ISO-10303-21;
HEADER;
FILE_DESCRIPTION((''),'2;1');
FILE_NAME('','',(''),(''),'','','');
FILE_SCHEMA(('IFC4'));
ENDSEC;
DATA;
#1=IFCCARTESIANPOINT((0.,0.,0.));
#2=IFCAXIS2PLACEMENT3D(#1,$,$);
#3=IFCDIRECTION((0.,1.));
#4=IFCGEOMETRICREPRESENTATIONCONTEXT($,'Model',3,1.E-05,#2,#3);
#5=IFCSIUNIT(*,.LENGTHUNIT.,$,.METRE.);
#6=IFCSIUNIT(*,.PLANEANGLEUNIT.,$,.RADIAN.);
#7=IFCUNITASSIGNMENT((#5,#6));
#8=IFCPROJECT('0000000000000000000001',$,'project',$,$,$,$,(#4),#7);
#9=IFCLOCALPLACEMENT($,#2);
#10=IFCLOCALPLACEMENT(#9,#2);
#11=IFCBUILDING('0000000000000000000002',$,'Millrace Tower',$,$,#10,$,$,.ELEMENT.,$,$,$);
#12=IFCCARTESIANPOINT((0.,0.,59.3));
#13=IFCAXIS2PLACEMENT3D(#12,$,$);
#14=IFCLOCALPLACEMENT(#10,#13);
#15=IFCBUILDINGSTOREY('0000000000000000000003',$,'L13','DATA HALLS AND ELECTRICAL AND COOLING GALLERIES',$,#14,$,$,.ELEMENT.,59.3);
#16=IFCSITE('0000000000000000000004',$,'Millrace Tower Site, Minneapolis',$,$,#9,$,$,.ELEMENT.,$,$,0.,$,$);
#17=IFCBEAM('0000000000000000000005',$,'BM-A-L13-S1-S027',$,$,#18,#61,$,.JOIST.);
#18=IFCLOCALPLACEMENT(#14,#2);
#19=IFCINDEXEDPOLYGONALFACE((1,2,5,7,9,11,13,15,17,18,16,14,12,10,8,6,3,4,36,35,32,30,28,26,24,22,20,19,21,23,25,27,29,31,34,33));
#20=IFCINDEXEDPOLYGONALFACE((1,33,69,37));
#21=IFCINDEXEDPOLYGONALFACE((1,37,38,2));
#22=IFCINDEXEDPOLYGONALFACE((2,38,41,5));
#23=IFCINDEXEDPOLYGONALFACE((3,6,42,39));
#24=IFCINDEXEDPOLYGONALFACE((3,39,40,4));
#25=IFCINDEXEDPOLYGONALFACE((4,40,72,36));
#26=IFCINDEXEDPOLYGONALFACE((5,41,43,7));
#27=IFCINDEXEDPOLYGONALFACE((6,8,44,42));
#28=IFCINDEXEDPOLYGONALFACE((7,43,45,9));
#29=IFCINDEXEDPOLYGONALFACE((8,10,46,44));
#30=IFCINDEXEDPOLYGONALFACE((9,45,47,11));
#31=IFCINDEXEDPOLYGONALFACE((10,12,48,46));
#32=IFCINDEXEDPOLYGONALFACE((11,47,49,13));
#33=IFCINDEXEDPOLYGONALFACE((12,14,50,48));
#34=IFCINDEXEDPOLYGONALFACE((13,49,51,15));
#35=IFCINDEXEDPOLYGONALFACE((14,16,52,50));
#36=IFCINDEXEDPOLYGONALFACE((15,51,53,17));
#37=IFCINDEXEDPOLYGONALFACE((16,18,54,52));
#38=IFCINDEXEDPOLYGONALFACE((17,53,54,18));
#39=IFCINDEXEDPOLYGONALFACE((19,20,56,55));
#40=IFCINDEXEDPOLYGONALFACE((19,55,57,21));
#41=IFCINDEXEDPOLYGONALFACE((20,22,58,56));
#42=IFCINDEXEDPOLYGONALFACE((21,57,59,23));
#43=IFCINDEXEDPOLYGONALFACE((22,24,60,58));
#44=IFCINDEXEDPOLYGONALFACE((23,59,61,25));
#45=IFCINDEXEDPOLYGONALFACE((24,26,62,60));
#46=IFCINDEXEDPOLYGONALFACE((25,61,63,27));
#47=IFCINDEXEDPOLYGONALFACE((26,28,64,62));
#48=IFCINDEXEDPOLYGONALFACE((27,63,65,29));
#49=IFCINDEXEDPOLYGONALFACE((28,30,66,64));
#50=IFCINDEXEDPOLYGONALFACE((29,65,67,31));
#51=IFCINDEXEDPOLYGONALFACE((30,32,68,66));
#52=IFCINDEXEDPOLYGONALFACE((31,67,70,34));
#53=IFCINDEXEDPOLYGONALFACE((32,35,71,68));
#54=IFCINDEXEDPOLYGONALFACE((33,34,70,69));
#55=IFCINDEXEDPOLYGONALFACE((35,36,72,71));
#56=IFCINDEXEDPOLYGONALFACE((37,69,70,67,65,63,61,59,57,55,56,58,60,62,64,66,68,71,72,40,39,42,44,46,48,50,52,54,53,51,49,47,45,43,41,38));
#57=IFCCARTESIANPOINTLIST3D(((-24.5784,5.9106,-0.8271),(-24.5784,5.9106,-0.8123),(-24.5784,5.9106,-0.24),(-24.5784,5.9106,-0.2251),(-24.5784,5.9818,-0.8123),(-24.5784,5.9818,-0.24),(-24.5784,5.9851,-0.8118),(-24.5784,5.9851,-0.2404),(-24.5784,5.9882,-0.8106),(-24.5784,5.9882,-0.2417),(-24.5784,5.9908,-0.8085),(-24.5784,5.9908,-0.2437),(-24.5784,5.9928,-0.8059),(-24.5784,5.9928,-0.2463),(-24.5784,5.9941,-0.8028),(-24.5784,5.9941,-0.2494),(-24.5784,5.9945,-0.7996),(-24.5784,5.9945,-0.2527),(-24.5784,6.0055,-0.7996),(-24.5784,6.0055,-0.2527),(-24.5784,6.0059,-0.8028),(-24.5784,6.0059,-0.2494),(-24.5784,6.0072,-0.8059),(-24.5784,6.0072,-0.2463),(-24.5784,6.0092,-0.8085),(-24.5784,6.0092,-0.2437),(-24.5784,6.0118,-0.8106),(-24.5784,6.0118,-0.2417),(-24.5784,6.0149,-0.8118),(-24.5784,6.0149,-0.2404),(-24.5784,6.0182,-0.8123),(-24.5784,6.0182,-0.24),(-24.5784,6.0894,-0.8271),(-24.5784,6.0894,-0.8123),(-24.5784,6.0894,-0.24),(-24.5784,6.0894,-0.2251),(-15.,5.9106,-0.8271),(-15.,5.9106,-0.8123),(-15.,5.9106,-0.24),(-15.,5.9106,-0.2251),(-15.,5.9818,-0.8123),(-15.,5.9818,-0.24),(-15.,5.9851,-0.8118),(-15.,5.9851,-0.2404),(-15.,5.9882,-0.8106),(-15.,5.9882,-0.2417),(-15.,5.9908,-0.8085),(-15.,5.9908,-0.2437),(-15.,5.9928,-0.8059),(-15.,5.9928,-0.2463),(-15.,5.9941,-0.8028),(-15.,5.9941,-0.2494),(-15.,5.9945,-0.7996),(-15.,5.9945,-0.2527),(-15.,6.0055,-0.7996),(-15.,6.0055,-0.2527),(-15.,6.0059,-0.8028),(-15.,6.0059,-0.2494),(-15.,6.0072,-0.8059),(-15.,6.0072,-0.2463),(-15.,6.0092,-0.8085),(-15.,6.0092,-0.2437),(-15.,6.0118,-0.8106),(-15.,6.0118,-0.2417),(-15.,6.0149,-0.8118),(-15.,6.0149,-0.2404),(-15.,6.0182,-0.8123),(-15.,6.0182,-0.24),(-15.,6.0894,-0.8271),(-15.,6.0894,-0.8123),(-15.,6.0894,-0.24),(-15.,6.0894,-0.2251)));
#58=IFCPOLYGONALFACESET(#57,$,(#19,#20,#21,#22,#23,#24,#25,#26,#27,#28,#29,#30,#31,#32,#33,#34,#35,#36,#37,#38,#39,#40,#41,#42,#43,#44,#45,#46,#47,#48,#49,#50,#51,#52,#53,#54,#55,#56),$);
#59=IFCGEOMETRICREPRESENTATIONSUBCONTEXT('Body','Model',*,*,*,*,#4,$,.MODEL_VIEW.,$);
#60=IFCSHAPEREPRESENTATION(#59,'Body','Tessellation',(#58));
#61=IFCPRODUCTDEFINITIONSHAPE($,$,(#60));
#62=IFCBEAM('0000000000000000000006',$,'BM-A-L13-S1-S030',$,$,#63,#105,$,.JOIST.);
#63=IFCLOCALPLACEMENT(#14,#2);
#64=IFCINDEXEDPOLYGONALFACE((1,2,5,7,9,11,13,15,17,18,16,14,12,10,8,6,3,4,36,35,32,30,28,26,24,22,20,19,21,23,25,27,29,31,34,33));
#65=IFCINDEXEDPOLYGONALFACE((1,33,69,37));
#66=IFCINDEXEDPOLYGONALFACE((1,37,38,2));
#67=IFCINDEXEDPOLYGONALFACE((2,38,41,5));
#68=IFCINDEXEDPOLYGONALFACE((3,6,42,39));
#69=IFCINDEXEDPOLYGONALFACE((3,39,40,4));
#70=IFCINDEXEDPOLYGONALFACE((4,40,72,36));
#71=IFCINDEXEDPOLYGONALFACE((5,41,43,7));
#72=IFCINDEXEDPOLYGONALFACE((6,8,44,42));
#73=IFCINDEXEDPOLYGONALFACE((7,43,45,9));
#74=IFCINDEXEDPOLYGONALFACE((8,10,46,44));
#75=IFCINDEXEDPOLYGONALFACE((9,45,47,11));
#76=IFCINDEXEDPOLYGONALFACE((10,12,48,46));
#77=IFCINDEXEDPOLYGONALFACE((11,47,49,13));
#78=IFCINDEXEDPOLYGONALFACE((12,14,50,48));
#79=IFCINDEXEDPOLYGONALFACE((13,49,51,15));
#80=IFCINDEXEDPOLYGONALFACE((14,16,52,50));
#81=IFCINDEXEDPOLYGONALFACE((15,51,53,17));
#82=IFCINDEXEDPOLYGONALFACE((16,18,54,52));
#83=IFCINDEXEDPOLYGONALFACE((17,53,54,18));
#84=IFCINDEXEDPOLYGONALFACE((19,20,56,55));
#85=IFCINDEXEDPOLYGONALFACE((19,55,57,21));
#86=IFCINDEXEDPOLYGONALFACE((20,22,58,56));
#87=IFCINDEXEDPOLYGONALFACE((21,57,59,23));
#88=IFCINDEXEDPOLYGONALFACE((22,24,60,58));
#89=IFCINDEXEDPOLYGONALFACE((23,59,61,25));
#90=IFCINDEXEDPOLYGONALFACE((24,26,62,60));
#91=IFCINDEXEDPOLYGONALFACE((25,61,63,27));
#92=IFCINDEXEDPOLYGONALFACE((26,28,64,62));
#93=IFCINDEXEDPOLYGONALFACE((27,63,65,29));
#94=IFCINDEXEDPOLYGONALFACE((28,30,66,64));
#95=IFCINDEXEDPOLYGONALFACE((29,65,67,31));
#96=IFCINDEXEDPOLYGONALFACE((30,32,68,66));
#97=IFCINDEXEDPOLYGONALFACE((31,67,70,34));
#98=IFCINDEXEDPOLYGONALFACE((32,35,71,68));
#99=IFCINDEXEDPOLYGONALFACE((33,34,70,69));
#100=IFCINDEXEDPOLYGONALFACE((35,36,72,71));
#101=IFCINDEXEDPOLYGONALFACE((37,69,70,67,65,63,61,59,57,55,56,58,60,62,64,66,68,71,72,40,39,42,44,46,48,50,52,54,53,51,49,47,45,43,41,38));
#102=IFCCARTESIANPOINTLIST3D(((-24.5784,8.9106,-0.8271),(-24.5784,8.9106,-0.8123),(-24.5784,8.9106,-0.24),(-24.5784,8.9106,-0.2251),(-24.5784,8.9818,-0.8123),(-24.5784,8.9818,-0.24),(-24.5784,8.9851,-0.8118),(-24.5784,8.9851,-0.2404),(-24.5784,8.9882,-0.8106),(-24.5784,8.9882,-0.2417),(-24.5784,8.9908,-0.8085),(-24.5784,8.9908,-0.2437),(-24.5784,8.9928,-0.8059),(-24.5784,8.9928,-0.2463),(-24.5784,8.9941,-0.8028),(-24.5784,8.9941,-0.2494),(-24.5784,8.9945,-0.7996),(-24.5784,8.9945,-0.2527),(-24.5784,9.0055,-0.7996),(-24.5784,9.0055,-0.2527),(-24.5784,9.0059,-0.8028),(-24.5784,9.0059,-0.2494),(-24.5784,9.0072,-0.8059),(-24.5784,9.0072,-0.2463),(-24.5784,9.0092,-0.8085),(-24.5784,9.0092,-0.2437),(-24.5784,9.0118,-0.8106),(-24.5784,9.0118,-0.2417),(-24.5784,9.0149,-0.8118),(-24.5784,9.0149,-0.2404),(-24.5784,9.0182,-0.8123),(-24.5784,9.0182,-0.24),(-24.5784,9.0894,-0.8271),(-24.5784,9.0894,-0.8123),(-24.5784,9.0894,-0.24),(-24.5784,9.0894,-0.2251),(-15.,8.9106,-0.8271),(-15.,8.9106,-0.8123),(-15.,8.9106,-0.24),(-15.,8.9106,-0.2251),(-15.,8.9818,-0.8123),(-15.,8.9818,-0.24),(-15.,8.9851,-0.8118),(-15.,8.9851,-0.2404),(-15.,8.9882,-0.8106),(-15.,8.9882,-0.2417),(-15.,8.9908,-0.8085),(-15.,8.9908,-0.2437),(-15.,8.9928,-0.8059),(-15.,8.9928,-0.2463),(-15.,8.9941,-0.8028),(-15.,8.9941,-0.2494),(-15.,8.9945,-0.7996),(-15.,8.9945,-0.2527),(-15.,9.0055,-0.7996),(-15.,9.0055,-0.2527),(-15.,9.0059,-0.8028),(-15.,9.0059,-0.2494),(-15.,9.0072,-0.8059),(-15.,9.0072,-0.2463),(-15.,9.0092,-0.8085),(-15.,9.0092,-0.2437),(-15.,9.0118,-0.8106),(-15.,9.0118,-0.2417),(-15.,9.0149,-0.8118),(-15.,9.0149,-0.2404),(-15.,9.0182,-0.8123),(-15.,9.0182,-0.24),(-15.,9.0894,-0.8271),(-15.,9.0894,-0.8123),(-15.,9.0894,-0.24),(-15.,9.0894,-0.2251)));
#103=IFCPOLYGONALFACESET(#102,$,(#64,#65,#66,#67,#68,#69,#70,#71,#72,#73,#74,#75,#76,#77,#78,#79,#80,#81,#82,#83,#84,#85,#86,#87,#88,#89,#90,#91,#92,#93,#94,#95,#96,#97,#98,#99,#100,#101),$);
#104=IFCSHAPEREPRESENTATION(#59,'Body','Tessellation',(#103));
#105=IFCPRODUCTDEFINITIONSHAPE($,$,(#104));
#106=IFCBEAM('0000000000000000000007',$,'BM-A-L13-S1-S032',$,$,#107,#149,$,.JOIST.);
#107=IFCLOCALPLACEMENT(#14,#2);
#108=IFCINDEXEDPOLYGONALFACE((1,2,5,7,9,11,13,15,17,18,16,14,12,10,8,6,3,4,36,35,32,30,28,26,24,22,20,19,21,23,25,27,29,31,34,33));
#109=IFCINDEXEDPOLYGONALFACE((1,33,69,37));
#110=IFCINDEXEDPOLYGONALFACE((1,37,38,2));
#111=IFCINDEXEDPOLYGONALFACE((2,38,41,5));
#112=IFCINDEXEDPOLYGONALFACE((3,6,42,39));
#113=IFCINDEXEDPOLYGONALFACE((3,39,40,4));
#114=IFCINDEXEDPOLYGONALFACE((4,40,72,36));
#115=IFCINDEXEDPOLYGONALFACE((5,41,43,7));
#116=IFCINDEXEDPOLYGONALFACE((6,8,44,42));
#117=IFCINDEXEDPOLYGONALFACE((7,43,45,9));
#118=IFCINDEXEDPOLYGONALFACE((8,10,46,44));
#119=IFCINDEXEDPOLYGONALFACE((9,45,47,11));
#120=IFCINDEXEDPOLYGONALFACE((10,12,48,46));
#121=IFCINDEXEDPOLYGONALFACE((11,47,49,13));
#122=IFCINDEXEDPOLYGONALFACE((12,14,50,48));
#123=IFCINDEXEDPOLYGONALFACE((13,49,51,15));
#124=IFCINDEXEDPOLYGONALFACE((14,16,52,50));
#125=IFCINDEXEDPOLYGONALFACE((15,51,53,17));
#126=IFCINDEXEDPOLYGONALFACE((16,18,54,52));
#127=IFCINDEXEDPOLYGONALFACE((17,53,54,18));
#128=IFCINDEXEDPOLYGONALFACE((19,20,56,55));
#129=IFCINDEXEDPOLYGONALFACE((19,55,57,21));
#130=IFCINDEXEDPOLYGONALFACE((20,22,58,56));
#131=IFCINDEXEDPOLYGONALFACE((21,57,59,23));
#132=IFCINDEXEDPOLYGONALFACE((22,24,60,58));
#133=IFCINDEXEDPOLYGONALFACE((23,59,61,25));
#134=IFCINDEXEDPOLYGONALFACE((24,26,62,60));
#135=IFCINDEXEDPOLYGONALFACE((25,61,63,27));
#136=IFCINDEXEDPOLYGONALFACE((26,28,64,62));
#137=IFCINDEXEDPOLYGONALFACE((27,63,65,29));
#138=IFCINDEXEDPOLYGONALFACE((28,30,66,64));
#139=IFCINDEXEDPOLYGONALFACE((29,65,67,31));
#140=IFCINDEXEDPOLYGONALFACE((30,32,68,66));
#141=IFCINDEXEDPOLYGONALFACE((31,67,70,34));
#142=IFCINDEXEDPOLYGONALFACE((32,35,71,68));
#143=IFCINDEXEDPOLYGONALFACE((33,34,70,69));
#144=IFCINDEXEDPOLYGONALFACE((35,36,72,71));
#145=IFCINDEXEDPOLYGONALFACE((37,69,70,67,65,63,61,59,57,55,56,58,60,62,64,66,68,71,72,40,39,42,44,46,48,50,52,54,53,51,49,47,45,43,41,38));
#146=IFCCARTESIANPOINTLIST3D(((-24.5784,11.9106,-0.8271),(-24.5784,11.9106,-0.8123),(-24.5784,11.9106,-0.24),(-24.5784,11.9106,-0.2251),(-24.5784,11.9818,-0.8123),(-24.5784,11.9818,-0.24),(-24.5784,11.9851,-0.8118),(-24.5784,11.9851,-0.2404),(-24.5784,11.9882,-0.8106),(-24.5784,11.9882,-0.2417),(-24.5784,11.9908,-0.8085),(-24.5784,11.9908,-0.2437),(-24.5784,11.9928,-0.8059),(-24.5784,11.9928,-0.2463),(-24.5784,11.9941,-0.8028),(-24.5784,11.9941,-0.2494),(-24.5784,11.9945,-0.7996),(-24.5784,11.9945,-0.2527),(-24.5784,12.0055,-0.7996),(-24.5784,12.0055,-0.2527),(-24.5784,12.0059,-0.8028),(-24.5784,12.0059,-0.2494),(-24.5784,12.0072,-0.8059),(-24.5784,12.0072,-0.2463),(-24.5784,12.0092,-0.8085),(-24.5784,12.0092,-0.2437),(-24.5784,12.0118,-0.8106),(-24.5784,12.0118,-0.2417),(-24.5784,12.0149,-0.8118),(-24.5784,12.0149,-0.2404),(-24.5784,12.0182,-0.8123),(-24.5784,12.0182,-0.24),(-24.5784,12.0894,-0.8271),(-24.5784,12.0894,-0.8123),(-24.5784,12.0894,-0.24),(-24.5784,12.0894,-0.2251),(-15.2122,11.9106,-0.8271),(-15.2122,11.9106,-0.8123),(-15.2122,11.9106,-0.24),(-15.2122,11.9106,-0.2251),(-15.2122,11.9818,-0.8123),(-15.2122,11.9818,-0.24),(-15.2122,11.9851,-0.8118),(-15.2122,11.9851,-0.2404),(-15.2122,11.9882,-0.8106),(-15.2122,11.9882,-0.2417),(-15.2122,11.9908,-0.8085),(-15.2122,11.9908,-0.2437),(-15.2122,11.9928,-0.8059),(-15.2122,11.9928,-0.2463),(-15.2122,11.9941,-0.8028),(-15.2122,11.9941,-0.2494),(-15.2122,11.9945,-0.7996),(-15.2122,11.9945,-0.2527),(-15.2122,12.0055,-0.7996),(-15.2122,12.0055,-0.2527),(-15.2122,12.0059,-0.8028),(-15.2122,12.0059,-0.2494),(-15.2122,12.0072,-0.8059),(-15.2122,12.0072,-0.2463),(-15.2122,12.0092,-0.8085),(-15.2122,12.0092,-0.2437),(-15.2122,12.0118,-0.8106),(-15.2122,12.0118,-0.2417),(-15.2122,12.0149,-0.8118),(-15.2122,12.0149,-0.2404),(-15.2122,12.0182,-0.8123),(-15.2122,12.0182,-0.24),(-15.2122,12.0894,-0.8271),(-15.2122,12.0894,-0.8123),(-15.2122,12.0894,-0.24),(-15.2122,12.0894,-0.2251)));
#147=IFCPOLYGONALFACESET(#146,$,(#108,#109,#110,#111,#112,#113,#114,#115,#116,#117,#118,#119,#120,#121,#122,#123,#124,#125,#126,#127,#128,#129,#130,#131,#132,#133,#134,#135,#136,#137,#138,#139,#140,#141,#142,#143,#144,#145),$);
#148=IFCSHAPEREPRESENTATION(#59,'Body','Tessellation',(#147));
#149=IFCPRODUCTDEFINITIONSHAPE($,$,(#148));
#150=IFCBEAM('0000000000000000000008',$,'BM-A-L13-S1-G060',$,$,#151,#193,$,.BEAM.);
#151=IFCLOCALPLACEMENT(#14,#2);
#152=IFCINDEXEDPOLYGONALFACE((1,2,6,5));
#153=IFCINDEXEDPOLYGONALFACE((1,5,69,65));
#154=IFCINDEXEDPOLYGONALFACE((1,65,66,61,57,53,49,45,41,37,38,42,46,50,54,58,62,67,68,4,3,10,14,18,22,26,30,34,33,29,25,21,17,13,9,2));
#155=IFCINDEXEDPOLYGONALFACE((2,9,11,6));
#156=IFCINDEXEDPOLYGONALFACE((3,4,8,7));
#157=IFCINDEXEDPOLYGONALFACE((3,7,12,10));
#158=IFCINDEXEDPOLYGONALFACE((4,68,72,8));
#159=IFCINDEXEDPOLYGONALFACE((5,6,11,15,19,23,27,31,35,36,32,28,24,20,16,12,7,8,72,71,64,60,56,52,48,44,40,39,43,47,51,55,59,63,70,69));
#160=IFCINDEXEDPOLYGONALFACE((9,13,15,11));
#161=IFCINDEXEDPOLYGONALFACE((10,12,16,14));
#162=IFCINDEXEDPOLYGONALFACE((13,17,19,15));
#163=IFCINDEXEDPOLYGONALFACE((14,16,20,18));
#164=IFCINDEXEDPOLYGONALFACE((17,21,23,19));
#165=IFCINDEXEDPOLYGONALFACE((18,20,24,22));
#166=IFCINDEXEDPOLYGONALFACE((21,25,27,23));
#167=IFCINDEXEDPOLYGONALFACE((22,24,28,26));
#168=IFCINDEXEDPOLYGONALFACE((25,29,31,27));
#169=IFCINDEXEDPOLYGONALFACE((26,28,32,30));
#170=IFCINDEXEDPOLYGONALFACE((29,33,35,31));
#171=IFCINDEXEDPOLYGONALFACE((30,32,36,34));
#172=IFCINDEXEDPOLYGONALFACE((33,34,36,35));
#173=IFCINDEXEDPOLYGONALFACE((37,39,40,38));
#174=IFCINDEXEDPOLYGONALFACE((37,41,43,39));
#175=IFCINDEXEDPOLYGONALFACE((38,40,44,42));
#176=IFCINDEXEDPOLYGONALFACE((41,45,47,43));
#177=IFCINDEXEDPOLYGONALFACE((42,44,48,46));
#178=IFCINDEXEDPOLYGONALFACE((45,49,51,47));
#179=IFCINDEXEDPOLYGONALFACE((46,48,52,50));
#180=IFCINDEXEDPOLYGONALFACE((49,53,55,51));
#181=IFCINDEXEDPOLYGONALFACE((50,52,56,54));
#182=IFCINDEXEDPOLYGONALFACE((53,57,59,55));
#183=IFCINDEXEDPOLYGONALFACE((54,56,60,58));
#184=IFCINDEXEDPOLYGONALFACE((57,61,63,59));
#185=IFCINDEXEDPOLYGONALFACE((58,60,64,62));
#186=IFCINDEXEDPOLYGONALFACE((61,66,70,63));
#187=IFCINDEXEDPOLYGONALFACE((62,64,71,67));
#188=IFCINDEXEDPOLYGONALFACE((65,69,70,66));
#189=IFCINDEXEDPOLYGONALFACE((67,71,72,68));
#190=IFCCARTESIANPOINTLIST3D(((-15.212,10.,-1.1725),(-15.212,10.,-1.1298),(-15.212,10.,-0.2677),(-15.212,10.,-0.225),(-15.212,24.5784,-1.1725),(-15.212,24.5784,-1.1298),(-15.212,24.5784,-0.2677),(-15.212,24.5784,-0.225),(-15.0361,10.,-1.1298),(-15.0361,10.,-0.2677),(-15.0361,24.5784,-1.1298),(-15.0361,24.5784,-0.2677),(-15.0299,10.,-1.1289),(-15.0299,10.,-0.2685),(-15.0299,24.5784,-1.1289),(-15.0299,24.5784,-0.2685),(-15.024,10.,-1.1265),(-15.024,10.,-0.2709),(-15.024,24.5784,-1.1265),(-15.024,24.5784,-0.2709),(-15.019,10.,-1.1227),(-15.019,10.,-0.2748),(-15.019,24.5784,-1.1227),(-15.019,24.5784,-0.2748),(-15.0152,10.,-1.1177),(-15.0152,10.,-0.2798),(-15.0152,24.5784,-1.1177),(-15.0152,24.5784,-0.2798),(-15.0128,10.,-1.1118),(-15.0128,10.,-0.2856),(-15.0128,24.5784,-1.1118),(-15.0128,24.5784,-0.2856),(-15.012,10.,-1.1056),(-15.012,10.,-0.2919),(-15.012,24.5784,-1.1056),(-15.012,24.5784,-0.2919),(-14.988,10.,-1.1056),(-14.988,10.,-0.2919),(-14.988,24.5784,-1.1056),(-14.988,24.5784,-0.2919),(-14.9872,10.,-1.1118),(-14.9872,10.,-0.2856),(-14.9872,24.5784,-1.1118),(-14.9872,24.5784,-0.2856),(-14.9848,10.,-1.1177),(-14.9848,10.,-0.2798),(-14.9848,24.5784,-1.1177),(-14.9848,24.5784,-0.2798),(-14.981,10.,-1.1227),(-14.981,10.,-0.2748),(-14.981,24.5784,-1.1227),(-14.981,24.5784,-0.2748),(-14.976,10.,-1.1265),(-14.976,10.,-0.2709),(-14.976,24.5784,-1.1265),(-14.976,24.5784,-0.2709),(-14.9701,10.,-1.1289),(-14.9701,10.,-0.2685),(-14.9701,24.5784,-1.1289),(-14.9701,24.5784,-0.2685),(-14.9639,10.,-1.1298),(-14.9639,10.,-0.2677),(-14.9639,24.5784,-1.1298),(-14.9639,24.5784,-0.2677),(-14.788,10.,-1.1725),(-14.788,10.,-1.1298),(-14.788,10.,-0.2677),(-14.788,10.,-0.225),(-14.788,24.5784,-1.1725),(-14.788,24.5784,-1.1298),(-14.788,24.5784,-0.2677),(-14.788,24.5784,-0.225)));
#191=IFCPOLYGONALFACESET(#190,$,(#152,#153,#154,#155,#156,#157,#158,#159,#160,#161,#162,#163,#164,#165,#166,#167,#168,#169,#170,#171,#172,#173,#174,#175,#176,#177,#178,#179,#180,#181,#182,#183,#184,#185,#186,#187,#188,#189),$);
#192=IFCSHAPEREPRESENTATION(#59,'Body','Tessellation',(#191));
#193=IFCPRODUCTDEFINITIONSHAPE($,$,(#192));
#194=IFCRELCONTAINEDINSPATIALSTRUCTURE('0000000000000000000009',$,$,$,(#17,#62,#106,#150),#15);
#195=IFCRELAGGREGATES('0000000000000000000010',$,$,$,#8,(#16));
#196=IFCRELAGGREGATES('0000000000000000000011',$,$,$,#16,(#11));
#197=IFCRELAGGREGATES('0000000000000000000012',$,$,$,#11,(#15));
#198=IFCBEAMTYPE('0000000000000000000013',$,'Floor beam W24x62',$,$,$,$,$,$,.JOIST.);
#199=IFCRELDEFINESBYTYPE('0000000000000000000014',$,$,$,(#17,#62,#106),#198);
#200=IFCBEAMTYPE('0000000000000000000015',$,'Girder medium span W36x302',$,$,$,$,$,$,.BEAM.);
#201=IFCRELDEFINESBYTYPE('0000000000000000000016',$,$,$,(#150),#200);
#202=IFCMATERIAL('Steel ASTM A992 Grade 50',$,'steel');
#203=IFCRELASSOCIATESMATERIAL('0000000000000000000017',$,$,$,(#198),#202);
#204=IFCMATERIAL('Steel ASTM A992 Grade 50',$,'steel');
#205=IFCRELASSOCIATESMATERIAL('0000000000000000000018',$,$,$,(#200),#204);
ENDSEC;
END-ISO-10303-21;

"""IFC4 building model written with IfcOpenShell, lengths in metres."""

from ifc_helpers import new_model, si_unit, direction, frame, origin, origin_2d, place, context, subcontext, project, spatial, i_section, extrude, material, material_profile, profile_set, type_object, element, save


model = new_model("IFC4")

# Units and contexts
model_context = context("Model", 3, precision=1e-05, world=origin(), true_north=direction((0.0, 1.0)))
body_context = subcontext(model_context, "Body", "Model", "MODEL_VIEW")
ifc_project = project(units=[si_unit("LENGTHUNIT", "METRE"), si_unit("PLANEANGLEUNIT", "RADIAN")], contexts=[model_context])

# Site, building, storey
site_placement = place(None, origin())
site = spatial("IfcSite", under=ifc_project, at=site_placement, Name="Millrace Tower Site, Minneapolis", CompositionType="ELEMENT", RefElevation=0.0)
building_placement = place(site_placement, origin())
building = spatial("IfcBuilding", under=site, at=building_placement, Name="Millrace Tower", CompositionType="ELEMENT")
storey_placement = place(building_placement, frame((0.0, 0.0, 59.3)))
storey = spatial("IfcBuildingStorey", under=building, at=storey_placement, Name="L13", Description="DATA HALLS AND ELECTRICAL AND COOLING GALLERIES", CompositionType="ELEMENT", Elevation=59.3)

# Beams
ifc_material_1 = material(Name="Steel ASTM A992 Grade 50", Category="steel")
ifc_material_profile_1 = material_profile(ifc_material_1, i_section(OverallWidth=0.1787, OverallDepth=0.6021, WebThickness=0.011, FlangeThickness=0.0149, FilletRadius=0.0127, at=origin_2d()))
ifc_profile_set_1 = profile_set([ifc_material_profile_1], Name="Steel ASTM A992 Grade 50")
beam_type_1 = type_object("IfcBeamType", Name="Floor beam W24x62", PredefinedType="JOIST", material=ifc_profile_set_1)
for number, where, z_axis, x_axis, name in (
    (1, (-24.5784, 6.0, -0.5261), (1.0, 0.0, 0.0), (0.0, 1.0, 0.0), "BM-A-L13-S1-S027"),
    (2, (-24.5784, 9.0, -0.5261), (1.0, 0.0, 0.0), (0.0, 1.0, 0.0), "BM-A-L13-S1-S030"),
):
    element("IfcBeam", number, at=place(storey_placement, frame(where, z_axis=z_axis, x_axis=x_axis)), inside=storey, type_object=beam_type_1, Name=name, PredefinedType="JOIST", context=body_context, shape_type="SweptSolid", body=[
        extrude(i_section(OverallWidth=0.1787, OverallDepth=0.6021, WebThickness=0.011, FlangeThickness=0.0149, FilletRadius=0.0127, at=origin_2d()), origin(), (0.0, 0.0, 1.0), 9.5784),
    ])
beam_1_placement = place(storey_placement, frame((-24.5784, 12.0, -0.5261), z_axis=(1.0, 0.0, 0.0), x_axis=(0.0, 1.0, 0.0)))
element("IfcBeam", 3, at=beam_1_placement, inside=storey, type_object=beam_type_1, Name="BM-A-L13-S1-S032", PredefinedType="JOIST", context=body_context, shape_type="SweptSolid", body=[
    extrude(i_section(OverallWidth=0.1787, OverallDepth=0.6021, WebThickness=0.011, FlangeThickness=0.0149, FilletRadius=0.0127, at=origin_2d()), origin(), (0.0, 0.0, 1.0), 9.3662),
])
ifc_material_2 = material(Name="Steel ASTM A992 Grade 50", Category="steel")
ifc_material_profile_2 = material_profile(ifc_material_2, i_section(OverallWidth=0.4241, OverallDepth=0.9475, WebThickness=0.0239, FlangeThickness=0.0427, FilletRadius=0.0242, at=origin_2d()))
ifc_profile_set_2 = profile_set([ifc_material_profile_2], Name="Steel ASTM A992 Grade 50")
beam_type_2 = type_object("IfcBeamType", Name="Girder medium span W36x302", PredefinedType="BEAM", material=ifc_profile_set_2)
beam_2_placement = place(storey_placement, frame((-15.0, 10.0, -0.6987), z_axis=(0.0, 1.0, 0.0), x_axis=(-1.0, 0.0, 0.0)))
element("IfcBeam", 4, at=beam_2_placement, inside=storey, type_object=beam_type_2, Name="BM-A-L13-S1-G060", PredefinedType="BEAM", context=body_context, shape_type="SweptSolid", body=[
    extrude(i_section(OverallWidth=0.4241, OverallDepth=0.9475, WebThickness=0.0239, FlangeThickness=0.0427, FilletRadius=0.0242, at=origin_2d()), origin(), (0.0, 0.0, 1.0), 14.5784),
])

save(model, "model.ifc")
